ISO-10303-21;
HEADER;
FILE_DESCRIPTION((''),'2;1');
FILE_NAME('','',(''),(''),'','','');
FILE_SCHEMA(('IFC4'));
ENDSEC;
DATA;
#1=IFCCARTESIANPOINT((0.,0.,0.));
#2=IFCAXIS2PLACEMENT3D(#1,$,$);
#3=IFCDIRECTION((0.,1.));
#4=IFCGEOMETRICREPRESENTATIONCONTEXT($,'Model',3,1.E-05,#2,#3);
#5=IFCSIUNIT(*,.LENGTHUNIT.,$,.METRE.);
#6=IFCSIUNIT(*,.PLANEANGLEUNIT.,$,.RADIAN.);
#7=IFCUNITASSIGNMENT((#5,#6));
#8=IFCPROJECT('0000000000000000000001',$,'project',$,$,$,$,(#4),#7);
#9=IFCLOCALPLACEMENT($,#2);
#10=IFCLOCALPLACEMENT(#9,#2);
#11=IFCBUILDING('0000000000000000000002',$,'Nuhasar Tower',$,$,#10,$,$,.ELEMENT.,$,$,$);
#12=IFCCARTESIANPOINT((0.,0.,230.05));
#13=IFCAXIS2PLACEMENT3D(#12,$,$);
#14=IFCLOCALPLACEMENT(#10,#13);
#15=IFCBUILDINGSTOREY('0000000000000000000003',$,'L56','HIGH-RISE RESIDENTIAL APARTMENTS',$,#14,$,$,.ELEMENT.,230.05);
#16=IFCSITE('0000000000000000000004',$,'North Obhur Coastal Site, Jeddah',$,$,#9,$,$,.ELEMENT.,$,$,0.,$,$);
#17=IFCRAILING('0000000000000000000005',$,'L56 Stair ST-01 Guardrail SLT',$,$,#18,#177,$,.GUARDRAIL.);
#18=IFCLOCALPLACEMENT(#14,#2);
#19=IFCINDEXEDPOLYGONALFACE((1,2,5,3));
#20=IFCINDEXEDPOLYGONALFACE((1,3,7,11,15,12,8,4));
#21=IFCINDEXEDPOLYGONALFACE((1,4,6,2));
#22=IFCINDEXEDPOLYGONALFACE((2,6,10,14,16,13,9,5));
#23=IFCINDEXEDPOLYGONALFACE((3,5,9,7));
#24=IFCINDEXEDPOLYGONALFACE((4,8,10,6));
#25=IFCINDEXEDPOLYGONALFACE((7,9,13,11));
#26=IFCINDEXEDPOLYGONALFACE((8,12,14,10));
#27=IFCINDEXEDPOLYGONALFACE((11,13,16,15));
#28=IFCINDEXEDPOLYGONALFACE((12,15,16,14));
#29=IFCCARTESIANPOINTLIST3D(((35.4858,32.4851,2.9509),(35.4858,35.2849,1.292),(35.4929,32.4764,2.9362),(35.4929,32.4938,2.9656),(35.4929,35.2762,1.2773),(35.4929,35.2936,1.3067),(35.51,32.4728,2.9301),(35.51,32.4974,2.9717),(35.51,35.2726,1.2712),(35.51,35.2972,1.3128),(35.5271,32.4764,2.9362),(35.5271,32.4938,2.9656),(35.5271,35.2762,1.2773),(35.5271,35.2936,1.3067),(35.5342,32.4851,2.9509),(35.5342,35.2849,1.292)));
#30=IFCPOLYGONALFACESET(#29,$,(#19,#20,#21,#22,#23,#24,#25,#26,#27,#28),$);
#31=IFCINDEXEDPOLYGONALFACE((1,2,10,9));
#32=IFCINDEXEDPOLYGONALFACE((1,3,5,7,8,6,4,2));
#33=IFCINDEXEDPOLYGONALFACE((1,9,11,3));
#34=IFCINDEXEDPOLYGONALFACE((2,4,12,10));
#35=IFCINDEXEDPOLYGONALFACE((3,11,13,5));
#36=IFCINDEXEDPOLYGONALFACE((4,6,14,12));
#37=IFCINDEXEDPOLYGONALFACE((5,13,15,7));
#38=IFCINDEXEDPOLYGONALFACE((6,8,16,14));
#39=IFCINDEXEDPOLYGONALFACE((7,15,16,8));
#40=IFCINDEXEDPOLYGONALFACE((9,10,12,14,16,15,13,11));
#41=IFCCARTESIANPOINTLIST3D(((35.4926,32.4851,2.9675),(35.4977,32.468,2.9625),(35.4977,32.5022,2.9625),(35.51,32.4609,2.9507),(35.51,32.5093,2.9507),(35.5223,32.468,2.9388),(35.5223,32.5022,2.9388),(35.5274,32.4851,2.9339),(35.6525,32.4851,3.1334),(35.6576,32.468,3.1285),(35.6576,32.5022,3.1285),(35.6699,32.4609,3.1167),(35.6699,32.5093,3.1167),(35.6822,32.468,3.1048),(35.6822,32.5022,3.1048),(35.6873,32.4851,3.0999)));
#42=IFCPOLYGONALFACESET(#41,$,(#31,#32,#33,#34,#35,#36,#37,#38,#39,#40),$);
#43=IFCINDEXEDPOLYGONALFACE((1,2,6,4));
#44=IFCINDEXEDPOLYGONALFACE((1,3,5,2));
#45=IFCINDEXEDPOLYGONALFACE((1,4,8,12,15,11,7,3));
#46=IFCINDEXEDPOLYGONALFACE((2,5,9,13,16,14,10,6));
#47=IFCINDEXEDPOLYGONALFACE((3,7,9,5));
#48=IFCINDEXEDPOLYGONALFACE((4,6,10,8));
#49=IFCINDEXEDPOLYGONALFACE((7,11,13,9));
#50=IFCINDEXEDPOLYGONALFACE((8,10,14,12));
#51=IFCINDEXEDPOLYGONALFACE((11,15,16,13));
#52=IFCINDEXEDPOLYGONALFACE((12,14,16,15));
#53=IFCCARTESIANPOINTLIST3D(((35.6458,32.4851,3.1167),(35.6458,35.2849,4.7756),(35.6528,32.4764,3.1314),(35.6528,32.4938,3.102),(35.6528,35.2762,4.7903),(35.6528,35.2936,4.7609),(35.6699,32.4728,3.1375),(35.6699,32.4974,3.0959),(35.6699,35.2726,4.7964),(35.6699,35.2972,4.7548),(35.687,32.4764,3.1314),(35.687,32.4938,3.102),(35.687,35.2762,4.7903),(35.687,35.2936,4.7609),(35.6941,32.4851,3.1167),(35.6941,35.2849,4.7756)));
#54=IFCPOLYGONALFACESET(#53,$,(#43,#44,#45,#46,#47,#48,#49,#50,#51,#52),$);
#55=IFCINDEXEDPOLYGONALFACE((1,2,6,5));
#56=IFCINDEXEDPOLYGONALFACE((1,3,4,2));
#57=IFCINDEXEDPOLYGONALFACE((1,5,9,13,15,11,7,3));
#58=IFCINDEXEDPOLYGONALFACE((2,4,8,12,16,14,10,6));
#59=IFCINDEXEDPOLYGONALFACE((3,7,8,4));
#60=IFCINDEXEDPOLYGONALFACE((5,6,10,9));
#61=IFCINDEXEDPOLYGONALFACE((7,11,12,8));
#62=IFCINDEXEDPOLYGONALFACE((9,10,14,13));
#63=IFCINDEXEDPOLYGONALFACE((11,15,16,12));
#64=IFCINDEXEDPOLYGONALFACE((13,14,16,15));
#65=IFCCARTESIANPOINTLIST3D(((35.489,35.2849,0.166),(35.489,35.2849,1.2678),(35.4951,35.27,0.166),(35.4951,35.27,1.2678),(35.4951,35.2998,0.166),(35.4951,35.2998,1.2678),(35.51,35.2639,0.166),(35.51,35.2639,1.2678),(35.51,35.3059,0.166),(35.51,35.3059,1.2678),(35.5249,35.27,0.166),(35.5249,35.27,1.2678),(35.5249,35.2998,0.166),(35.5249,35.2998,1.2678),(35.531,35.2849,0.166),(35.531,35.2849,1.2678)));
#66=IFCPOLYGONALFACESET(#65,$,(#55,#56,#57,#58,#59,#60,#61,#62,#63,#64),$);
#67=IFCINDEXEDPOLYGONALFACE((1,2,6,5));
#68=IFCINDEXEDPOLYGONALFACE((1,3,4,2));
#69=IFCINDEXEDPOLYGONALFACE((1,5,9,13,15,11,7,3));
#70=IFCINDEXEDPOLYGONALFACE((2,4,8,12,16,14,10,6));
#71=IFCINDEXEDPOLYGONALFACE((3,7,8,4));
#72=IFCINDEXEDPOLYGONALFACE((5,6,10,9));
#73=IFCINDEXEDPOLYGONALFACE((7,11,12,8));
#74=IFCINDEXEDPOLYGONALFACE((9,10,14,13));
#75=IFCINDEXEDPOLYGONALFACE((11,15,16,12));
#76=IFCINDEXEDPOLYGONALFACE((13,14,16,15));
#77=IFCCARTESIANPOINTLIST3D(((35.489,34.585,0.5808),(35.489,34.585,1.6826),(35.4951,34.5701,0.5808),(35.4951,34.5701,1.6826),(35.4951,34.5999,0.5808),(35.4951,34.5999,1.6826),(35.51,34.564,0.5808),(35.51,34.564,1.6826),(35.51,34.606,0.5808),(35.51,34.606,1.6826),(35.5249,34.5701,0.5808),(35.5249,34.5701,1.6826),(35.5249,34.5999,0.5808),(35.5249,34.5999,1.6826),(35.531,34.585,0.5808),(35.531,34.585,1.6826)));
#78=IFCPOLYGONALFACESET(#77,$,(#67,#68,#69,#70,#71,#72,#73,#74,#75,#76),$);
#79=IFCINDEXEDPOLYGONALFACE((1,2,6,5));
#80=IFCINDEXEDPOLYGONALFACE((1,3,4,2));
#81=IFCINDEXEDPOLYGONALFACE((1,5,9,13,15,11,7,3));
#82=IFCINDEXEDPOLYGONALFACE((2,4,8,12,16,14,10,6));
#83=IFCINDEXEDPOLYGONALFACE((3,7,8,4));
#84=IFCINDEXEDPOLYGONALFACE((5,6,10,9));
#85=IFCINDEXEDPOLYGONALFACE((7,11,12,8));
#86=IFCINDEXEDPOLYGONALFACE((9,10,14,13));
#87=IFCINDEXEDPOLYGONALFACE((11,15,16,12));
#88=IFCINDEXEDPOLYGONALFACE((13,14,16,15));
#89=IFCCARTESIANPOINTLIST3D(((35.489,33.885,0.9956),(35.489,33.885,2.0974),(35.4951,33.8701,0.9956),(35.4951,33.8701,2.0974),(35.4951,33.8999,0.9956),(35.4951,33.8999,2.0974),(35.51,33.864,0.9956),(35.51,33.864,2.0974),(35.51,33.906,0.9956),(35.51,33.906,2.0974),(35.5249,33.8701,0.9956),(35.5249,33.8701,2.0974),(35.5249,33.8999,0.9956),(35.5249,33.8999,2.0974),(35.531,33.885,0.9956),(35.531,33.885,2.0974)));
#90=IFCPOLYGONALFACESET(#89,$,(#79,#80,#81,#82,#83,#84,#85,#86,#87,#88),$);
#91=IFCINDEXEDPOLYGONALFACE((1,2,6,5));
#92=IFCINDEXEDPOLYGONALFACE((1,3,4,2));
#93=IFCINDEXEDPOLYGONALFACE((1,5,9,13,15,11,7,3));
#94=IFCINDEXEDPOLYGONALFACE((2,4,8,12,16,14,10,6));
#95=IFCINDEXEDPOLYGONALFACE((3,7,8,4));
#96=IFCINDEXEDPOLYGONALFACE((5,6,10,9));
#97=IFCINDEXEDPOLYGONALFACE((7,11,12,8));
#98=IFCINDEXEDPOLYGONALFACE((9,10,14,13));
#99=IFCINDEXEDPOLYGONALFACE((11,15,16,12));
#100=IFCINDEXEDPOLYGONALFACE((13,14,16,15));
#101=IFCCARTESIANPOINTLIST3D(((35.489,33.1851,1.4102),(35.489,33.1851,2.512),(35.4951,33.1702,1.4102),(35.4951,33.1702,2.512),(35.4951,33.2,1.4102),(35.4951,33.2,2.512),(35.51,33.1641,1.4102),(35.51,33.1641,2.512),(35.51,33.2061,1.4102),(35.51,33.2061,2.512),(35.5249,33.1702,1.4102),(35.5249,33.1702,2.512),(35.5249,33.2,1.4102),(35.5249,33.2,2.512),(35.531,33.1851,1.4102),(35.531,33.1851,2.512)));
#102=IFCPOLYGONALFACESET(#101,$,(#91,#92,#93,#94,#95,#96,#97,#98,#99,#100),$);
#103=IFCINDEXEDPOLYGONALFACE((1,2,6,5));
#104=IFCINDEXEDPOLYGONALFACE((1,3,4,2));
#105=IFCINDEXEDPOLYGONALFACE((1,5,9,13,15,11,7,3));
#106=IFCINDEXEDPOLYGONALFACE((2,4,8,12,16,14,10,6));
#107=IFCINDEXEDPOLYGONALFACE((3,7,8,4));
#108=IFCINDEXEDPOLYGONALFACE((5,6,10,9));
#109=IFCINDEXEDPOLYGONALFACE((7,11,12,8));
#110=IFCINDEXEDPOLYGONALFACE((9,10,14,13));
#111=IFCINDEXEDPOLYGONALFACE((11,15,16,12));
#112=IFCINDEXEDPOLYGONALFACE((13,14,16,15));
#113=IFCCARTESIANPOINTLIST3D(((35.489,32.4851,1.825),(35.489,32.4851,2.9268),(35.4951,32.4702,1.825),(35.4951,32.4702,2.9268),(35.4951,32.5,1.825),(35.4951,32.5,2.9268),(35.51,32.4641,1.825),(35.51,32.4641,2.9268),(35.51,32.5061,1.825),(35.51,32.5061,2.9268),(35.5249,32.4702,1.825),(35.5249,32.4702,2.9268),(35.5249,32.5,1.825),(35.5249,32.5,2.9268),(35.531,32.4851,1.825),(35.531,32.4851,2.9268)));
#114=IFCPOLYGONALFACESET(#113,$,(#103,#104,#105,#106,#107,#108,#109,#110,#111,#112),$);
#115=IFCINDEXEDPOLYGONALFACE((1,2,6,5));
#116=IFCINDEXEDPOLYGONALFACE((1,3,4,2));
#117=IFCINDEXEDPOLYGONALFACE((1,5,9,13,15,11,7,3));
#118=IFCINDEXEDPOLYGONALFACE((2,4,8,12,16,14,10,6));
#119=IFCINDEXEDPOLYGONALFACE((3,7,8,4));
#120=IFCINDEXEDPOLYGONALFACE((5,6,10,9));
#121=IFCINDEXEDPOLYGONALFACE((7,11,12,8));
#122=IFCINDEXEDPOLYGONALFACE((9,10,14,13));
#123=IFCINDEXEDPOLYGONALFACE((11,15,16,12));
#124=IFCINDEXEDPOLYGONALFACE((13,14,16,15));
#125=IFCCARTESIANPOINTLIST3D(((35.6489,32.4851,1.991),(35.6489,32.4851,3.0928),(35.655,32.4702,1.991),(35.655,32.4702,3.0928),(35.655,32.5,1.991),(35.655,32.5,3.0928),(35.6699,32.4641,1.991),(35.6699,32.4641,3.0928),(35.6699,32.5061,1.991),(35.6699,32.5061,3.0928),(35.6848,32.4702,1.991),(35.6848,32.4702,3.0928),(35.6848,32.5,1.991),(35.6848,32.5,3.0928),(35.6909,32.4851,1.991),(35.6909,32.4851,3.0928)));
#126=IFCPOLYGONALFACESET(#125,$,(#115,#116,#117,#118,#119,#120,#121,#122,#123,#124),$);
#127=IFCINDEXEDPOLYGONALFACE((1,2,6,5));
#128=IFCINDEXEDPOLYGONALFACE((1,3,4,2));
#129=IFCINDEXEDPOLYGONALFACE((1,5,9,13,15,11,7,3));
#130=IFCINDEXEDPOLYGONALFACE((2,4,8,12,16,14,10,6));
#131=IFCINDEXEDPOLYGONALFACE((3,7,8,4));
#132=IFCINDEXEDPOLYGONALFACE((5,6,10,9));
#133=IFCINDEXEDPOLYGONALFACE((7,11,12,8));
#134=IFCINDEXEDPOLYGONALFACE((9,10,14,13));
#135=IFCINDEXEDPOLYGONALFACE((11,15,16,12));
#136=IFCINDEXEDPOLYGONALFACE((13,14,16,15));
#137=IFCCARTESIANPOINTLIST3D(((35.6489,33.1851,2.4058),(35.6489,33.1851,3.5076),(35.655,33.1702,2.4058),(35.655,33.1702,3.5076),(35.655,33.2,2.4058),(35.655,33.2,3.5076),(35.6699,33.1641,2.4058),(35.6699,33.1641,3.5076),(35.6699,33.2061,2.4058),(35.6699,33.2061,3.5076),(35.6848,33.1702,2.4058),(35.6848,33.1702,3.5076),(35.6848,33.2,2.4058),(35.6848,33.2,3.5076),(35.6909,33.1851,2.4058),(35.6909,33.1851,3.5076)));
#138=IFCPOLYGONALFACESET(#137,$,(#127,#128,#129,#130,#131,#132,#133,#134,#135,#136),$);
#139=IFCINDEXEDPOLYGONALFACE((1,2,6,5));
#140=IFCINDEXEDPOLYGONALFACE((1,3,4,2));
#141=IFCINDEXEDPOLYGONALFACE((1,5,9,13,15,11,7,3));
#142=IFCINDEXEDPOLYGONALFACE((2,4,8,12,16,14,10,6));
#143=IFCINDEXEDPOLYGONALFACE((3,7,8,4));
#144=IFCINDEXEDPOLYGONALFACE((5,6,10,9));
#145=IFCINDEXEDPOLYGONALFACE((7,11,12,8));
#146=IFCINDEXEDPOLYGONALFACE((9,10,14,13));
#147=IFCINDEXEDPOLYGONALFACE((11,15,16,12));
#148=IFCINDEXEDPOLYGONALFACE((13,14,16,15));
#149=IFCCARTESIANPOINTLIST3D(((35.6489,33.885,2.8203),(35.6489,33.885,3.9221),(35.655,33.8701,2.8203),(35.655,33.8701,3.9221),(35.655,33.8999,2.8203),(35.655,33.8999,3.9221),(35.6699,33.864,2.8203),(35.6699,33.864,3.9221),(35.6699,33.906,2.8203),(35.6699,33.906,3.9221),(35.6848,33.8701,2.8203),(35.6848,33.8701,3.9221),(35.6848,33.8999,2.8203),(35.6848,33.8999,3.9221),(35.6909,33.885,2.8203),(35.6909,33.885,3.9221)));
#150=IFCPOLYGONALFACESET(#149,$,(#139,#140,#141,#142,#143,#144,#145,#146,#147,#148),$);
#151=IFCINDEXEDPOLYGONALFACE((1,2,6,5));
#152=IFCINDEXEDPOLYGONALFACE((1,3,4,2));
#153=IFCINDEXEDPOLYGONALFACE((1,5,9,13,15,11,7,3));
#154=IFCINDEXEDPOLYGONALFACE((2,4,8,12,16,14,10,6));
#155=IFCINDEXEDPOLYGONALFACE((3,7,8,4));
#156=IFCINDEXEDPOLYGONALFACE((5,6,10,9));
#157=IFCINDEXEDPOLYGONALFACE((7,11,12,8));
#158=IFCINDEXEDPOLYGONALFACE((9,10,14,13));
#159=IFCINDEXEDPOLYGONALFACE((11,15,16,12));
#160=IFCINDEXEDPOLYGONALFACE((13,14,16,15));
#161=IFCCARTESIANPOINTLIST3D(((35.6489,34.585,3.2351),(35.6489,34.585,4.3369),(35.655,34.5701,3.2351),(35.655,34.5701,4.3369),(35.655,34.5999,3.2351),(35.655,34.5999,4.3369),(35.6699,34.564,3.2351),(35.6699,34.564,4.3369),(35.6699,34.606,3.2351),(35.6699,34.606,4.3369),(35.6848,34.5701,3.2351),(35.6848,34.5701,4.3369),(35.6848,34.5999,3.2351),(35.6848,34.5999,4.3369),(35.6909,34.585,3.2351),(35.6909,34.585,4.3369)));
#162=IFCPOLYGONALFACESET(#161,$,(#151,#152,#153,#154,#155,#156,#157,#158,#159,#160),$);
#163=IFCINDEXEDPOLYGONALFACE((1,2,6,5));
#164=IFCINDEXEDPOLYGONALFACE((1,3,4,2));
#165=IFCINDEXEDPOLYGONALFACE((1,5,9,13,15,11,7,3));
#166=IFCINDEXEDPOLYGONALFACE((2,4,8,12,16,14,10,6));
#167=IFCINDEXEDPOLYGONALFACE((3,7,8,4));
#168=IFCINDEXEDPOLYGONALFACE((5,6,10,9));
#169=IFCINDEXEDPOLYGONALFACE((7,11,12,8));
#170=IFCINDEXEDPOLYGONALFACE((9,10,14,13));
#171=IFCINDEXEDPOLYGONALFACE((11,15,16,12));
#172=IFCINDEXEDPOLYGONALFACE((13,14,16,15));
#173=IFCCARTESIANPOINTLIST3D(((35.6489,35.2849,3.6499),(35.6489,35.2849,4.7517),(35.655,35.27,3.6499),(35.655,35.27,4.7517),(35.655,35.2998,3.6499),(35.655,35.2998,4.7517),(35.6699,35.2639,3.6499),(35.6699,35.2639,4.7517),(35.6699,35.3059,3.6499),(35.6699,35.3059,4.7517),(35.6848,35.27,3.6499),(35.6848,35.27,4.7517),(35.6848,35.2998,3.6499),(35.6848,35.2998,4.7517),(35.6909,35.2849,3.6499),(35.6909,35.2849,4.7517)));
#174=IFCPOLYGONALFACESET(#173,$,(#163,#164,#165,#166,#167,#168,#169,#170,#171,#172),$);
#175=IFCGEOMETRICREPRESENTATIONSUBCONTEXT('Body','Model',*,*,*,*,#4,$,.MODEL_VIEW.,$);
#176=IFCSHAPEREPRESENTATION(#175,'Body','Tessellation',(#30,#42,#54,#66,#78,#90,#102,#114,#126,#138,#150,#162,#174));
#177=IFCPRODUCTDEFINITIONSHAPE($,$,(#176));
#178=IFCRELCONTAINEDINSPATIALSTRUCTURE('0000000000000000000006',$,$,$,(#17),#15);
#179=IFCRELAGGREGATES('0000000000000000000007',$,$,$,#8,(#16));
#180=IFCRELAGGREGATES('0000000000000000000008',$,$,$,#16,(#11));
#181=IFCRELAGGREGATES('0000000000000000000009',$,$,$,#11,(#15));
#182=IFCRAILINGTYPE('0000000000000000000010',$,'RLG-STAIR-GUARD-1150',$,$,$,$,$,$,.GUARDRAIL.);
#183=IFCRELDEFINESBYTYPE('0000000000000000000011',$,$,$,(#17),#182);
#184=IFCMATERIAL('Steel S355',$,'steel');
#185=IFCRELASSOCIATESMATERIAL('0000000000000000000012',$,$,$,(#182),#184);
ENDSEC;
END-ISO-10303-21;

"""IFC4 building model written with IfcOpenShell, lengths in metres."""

from ifc_helpers import new_model, si_unit, direction, frame, origin, place, context, subcontext, project, spatial, polyline, outline, extrude, material, type_object, element, save


model = new_model("IFC4")

# Units and contexts
model_context = context("Model", 3, precision=1e-05, world=origin(), true_north=direction((0.0, 1.0)))
body_context = subcontext(model_context, "Body", "Model", "MODEL_VIEW")
ifc_project = project(units=[si_unit("LENGTHUNIT", "METRE"), si_unit("PLANEANGLEUNIT", "RADIAN")], contexts=[model_context])

# Site, building, storey
site_placement = place(None, origin())
site = spatial("IfcSite", under=ifc_project, at=site_placement, Name="North Obhur Coastal Site, Jeddah", CompositionType="ELEMENT", RefElevation=0.0)
building_placement = place(site_placement, origin())
building = spatial("IfcBuilding", under=site, at=building_placement, Name="Nuhasar Tower", CompositionType="ELEMENT")
storey_placement = place(building_placement, frame((0.0, 0.0, 230.05)))
storey = spatial("IfcBuildingStorey", under=building, at=storey_placement, Name="L56", Description="HIGH-RISE RESIDENTIAL APARTMENTS", CompositionType="ELEMENT", Elevation=230.05)

# Shared definitions
ifc_material_1 = material(Name="Steel S355", Category="steel")

# Railing
railing_type_1 = type_object("IfcRailingType", Name="RLG-STAIR-GUARD-1150", PredefinedType="GUARDRAIL", material=ifc_material_1)
railing_1_placement = place(storey_placement, frame((35.51, 35.2849, 0.166)))
element("IfcRailing", 1, at=railing_1_placement, inside=storey, type_object=railing_type_1, Name="L56 Stair ST-01 Guardrail SLT", PredefinedType="GUARDRAIL", context=body_context, shape_type="SweptSolid", body=[
    extrude(outline(polyline([(0.0242, 0.0), (0.0171, 0.0171), (0.0, 0.0242), (-0.0171, 0.0171), (-0.0242, 0.0), (-0.0171, -0.0171), (0.0, -0.0242), (0.0171, -0.0171), (0.0242, 0.0)])), frame((0.0, 0.0, 1.126), z_axis=(0.0, -0.86032, 0.509755), x_axis=(1.0, 0.0, 0.0)), (0.0, 0.0, 1.0), 3.2544),
    extrude(outline(polyline([(0.0242, 0.0), (0.0171, 0.0171), (0.0, 0.0242), (-0.0171, 0.0171), (-0.0242, 0.0), (-0.0171, -0.0171), (0.0, -0.0242), (0.0171, -0.0171), (0.0242, 0.0)])), frame((0.0, -2.7998, 2.7847), z_axis=(0.693743, 0.0, 0.720222), x_axis=(0.0, 1.0, 0.0)), (0.0, 0.0, 1.0), 0.2305),
    extrude(outline(polyline([(0.0242, 0.0), (0.0171, 0.0171), (0.0, 0.0242), (-0.0171, 0.0171), (-0.0242, 0.0), (-0.0171, -0.0171), (0.0, -0.0242), (0.0171, -0.0171), (0.0242, 0.0)])), frame((0.1599, -2.7998, 2.9507), z_axis=(0.0, 0.86032, 0.509755), x_axis=(-1.0, 0.0, 0.0)), (0.0, 0.0, 1.0), 3.2544),
    extrude(outline(polyline([(0.021, 0.0), (0.0149, 0.0149), (0.0, 0.021), (-0.0149, 0.0149), (-0.021, 0.0), (-0.0149, -0.0149), (0.0, -0.021), (0.0149, -0.0149), (0.021, 0.0)])), origin(), (0.0, 0.0, 1.0), 1.1018),
    extrude(outline(polyline([(0.021, 0.0), (0.0149, 0.0149), (0.0, 0.021), (-0.0149, 0.0149), (-0.021, 0.0), (-0.0149, -0.0149), (0.0, -0.021), (0.0149, -0.0149), (0.021, 0.0)])), frame((0.0, -0.7, 0.4148)), (0.0, 0.0, 1.0), 1.1018),
    extrude(outline(polyline([(0.021, 0.0), (0.0149, 0.0149), (0.0, 0.021), (-0.0149, 0.0149), (-0.021, 0.0), (-0.0149, -0.0149), (0.0, -0.021), (0.0149, -0.0149), (0.021, 0.0)])), frame((0.0, -1.3999, 0.8296)), (0.0, 0.0, 1.0), 1.1018),
    extrude(outline(polyline([(0.021, 0.0), (0.0149, 0.0149), (0.0, 0.021), (-0.0149, 0.0149), (-0.021, 0.0), (-0.0149, -0.0149), (0.0, -0.021), (0.0149, -0.0149), (0.021, 0.0)])), frame((0.0, -2.0999, 1.2441)), (0.0, 0.0, 1.0), 1.1018),
    extrude(outline(polyline([(0.021, 0.0), (0.0149, 0.0149), (0.0, 0.021), (-0.0149, 0.0149), (-0.021, 0.0), (-0.0149, -0.0149), (0.0, -0.021), (0.0149, -0.0149), (0.021, 0.0)])), frame((0.0, -2.7998, 1.6589)), (0.0, 0.0, 1.0), 1.1018),
    extrude(outline(polyline([(0.021, 0.0), (0.0149, 0.0149), (0.0, 0.021), (-0.0149, 0.0149), (-0.021, 0.0), (-0.0149, -0.0149), (0.0, -0.021), (0.0149, -0.0149), (0.021, 0.0)])), frame((0.1599, -2.7998, 1.825)), (0.0, 0.0, 1.0), 1.1018),
    extrude(outline(polyline([(0.021, 0.0), (0.0149, 0.0149), (0.0, 0.021), (-0.0149, 0.0149), (-0.021, 0.0), (-0.0149, -0.0149), (0.0, -0.021), (0.0149, -0.0149), (0.021, 0.0)])), frame((0.1599, -2.0999, 2.2397)), (0.0, 0.0, 1.0), 1.1018),
    extrude(outline(polyline([(0.021, 0.0), (0.0149, 0.0149), (0.0, 0.021), (-0.0149, 0.0149), (-0.021, 0.0), (-0.0149, -0.0149), (0.0, -0.021), (0.0149, -0.0149), (0.021, 0.0)])), frame((0.1599, -1.3999, 2.6543)), (0.0, 0.0, 1.0), 1.1018),
    extrude(outline(polyline([(0.021, 0.0), (0.0149, 0.0149), (0.0, 0.021), (-0.0149, 0.0149), (-0.021, 0.0), (-0.0149, -0.0149), (0.0, -0.021), (0.0149, -0.0149), (0.021, 0.0)])), frame((0.1599, -0.7, 3.0691)), (0.0, 0.0, 1.0), 1.1018),
    extrude(outline(polyline([(0.021, 0.0), (0.0149, 0.0149), (0.0, 0.021), (-0.0149, 0.0149), (-0.021, 0.0), (-0.0149, -0.0149), (0.0, -0.021), (0.0149, -0.0149), (0.021, 0.0)])), frame((0.1599, 0.0, 3.4839)), (0.0, 0.0, 1.0), 1.1018),
])

save(model, "model.ifc")
